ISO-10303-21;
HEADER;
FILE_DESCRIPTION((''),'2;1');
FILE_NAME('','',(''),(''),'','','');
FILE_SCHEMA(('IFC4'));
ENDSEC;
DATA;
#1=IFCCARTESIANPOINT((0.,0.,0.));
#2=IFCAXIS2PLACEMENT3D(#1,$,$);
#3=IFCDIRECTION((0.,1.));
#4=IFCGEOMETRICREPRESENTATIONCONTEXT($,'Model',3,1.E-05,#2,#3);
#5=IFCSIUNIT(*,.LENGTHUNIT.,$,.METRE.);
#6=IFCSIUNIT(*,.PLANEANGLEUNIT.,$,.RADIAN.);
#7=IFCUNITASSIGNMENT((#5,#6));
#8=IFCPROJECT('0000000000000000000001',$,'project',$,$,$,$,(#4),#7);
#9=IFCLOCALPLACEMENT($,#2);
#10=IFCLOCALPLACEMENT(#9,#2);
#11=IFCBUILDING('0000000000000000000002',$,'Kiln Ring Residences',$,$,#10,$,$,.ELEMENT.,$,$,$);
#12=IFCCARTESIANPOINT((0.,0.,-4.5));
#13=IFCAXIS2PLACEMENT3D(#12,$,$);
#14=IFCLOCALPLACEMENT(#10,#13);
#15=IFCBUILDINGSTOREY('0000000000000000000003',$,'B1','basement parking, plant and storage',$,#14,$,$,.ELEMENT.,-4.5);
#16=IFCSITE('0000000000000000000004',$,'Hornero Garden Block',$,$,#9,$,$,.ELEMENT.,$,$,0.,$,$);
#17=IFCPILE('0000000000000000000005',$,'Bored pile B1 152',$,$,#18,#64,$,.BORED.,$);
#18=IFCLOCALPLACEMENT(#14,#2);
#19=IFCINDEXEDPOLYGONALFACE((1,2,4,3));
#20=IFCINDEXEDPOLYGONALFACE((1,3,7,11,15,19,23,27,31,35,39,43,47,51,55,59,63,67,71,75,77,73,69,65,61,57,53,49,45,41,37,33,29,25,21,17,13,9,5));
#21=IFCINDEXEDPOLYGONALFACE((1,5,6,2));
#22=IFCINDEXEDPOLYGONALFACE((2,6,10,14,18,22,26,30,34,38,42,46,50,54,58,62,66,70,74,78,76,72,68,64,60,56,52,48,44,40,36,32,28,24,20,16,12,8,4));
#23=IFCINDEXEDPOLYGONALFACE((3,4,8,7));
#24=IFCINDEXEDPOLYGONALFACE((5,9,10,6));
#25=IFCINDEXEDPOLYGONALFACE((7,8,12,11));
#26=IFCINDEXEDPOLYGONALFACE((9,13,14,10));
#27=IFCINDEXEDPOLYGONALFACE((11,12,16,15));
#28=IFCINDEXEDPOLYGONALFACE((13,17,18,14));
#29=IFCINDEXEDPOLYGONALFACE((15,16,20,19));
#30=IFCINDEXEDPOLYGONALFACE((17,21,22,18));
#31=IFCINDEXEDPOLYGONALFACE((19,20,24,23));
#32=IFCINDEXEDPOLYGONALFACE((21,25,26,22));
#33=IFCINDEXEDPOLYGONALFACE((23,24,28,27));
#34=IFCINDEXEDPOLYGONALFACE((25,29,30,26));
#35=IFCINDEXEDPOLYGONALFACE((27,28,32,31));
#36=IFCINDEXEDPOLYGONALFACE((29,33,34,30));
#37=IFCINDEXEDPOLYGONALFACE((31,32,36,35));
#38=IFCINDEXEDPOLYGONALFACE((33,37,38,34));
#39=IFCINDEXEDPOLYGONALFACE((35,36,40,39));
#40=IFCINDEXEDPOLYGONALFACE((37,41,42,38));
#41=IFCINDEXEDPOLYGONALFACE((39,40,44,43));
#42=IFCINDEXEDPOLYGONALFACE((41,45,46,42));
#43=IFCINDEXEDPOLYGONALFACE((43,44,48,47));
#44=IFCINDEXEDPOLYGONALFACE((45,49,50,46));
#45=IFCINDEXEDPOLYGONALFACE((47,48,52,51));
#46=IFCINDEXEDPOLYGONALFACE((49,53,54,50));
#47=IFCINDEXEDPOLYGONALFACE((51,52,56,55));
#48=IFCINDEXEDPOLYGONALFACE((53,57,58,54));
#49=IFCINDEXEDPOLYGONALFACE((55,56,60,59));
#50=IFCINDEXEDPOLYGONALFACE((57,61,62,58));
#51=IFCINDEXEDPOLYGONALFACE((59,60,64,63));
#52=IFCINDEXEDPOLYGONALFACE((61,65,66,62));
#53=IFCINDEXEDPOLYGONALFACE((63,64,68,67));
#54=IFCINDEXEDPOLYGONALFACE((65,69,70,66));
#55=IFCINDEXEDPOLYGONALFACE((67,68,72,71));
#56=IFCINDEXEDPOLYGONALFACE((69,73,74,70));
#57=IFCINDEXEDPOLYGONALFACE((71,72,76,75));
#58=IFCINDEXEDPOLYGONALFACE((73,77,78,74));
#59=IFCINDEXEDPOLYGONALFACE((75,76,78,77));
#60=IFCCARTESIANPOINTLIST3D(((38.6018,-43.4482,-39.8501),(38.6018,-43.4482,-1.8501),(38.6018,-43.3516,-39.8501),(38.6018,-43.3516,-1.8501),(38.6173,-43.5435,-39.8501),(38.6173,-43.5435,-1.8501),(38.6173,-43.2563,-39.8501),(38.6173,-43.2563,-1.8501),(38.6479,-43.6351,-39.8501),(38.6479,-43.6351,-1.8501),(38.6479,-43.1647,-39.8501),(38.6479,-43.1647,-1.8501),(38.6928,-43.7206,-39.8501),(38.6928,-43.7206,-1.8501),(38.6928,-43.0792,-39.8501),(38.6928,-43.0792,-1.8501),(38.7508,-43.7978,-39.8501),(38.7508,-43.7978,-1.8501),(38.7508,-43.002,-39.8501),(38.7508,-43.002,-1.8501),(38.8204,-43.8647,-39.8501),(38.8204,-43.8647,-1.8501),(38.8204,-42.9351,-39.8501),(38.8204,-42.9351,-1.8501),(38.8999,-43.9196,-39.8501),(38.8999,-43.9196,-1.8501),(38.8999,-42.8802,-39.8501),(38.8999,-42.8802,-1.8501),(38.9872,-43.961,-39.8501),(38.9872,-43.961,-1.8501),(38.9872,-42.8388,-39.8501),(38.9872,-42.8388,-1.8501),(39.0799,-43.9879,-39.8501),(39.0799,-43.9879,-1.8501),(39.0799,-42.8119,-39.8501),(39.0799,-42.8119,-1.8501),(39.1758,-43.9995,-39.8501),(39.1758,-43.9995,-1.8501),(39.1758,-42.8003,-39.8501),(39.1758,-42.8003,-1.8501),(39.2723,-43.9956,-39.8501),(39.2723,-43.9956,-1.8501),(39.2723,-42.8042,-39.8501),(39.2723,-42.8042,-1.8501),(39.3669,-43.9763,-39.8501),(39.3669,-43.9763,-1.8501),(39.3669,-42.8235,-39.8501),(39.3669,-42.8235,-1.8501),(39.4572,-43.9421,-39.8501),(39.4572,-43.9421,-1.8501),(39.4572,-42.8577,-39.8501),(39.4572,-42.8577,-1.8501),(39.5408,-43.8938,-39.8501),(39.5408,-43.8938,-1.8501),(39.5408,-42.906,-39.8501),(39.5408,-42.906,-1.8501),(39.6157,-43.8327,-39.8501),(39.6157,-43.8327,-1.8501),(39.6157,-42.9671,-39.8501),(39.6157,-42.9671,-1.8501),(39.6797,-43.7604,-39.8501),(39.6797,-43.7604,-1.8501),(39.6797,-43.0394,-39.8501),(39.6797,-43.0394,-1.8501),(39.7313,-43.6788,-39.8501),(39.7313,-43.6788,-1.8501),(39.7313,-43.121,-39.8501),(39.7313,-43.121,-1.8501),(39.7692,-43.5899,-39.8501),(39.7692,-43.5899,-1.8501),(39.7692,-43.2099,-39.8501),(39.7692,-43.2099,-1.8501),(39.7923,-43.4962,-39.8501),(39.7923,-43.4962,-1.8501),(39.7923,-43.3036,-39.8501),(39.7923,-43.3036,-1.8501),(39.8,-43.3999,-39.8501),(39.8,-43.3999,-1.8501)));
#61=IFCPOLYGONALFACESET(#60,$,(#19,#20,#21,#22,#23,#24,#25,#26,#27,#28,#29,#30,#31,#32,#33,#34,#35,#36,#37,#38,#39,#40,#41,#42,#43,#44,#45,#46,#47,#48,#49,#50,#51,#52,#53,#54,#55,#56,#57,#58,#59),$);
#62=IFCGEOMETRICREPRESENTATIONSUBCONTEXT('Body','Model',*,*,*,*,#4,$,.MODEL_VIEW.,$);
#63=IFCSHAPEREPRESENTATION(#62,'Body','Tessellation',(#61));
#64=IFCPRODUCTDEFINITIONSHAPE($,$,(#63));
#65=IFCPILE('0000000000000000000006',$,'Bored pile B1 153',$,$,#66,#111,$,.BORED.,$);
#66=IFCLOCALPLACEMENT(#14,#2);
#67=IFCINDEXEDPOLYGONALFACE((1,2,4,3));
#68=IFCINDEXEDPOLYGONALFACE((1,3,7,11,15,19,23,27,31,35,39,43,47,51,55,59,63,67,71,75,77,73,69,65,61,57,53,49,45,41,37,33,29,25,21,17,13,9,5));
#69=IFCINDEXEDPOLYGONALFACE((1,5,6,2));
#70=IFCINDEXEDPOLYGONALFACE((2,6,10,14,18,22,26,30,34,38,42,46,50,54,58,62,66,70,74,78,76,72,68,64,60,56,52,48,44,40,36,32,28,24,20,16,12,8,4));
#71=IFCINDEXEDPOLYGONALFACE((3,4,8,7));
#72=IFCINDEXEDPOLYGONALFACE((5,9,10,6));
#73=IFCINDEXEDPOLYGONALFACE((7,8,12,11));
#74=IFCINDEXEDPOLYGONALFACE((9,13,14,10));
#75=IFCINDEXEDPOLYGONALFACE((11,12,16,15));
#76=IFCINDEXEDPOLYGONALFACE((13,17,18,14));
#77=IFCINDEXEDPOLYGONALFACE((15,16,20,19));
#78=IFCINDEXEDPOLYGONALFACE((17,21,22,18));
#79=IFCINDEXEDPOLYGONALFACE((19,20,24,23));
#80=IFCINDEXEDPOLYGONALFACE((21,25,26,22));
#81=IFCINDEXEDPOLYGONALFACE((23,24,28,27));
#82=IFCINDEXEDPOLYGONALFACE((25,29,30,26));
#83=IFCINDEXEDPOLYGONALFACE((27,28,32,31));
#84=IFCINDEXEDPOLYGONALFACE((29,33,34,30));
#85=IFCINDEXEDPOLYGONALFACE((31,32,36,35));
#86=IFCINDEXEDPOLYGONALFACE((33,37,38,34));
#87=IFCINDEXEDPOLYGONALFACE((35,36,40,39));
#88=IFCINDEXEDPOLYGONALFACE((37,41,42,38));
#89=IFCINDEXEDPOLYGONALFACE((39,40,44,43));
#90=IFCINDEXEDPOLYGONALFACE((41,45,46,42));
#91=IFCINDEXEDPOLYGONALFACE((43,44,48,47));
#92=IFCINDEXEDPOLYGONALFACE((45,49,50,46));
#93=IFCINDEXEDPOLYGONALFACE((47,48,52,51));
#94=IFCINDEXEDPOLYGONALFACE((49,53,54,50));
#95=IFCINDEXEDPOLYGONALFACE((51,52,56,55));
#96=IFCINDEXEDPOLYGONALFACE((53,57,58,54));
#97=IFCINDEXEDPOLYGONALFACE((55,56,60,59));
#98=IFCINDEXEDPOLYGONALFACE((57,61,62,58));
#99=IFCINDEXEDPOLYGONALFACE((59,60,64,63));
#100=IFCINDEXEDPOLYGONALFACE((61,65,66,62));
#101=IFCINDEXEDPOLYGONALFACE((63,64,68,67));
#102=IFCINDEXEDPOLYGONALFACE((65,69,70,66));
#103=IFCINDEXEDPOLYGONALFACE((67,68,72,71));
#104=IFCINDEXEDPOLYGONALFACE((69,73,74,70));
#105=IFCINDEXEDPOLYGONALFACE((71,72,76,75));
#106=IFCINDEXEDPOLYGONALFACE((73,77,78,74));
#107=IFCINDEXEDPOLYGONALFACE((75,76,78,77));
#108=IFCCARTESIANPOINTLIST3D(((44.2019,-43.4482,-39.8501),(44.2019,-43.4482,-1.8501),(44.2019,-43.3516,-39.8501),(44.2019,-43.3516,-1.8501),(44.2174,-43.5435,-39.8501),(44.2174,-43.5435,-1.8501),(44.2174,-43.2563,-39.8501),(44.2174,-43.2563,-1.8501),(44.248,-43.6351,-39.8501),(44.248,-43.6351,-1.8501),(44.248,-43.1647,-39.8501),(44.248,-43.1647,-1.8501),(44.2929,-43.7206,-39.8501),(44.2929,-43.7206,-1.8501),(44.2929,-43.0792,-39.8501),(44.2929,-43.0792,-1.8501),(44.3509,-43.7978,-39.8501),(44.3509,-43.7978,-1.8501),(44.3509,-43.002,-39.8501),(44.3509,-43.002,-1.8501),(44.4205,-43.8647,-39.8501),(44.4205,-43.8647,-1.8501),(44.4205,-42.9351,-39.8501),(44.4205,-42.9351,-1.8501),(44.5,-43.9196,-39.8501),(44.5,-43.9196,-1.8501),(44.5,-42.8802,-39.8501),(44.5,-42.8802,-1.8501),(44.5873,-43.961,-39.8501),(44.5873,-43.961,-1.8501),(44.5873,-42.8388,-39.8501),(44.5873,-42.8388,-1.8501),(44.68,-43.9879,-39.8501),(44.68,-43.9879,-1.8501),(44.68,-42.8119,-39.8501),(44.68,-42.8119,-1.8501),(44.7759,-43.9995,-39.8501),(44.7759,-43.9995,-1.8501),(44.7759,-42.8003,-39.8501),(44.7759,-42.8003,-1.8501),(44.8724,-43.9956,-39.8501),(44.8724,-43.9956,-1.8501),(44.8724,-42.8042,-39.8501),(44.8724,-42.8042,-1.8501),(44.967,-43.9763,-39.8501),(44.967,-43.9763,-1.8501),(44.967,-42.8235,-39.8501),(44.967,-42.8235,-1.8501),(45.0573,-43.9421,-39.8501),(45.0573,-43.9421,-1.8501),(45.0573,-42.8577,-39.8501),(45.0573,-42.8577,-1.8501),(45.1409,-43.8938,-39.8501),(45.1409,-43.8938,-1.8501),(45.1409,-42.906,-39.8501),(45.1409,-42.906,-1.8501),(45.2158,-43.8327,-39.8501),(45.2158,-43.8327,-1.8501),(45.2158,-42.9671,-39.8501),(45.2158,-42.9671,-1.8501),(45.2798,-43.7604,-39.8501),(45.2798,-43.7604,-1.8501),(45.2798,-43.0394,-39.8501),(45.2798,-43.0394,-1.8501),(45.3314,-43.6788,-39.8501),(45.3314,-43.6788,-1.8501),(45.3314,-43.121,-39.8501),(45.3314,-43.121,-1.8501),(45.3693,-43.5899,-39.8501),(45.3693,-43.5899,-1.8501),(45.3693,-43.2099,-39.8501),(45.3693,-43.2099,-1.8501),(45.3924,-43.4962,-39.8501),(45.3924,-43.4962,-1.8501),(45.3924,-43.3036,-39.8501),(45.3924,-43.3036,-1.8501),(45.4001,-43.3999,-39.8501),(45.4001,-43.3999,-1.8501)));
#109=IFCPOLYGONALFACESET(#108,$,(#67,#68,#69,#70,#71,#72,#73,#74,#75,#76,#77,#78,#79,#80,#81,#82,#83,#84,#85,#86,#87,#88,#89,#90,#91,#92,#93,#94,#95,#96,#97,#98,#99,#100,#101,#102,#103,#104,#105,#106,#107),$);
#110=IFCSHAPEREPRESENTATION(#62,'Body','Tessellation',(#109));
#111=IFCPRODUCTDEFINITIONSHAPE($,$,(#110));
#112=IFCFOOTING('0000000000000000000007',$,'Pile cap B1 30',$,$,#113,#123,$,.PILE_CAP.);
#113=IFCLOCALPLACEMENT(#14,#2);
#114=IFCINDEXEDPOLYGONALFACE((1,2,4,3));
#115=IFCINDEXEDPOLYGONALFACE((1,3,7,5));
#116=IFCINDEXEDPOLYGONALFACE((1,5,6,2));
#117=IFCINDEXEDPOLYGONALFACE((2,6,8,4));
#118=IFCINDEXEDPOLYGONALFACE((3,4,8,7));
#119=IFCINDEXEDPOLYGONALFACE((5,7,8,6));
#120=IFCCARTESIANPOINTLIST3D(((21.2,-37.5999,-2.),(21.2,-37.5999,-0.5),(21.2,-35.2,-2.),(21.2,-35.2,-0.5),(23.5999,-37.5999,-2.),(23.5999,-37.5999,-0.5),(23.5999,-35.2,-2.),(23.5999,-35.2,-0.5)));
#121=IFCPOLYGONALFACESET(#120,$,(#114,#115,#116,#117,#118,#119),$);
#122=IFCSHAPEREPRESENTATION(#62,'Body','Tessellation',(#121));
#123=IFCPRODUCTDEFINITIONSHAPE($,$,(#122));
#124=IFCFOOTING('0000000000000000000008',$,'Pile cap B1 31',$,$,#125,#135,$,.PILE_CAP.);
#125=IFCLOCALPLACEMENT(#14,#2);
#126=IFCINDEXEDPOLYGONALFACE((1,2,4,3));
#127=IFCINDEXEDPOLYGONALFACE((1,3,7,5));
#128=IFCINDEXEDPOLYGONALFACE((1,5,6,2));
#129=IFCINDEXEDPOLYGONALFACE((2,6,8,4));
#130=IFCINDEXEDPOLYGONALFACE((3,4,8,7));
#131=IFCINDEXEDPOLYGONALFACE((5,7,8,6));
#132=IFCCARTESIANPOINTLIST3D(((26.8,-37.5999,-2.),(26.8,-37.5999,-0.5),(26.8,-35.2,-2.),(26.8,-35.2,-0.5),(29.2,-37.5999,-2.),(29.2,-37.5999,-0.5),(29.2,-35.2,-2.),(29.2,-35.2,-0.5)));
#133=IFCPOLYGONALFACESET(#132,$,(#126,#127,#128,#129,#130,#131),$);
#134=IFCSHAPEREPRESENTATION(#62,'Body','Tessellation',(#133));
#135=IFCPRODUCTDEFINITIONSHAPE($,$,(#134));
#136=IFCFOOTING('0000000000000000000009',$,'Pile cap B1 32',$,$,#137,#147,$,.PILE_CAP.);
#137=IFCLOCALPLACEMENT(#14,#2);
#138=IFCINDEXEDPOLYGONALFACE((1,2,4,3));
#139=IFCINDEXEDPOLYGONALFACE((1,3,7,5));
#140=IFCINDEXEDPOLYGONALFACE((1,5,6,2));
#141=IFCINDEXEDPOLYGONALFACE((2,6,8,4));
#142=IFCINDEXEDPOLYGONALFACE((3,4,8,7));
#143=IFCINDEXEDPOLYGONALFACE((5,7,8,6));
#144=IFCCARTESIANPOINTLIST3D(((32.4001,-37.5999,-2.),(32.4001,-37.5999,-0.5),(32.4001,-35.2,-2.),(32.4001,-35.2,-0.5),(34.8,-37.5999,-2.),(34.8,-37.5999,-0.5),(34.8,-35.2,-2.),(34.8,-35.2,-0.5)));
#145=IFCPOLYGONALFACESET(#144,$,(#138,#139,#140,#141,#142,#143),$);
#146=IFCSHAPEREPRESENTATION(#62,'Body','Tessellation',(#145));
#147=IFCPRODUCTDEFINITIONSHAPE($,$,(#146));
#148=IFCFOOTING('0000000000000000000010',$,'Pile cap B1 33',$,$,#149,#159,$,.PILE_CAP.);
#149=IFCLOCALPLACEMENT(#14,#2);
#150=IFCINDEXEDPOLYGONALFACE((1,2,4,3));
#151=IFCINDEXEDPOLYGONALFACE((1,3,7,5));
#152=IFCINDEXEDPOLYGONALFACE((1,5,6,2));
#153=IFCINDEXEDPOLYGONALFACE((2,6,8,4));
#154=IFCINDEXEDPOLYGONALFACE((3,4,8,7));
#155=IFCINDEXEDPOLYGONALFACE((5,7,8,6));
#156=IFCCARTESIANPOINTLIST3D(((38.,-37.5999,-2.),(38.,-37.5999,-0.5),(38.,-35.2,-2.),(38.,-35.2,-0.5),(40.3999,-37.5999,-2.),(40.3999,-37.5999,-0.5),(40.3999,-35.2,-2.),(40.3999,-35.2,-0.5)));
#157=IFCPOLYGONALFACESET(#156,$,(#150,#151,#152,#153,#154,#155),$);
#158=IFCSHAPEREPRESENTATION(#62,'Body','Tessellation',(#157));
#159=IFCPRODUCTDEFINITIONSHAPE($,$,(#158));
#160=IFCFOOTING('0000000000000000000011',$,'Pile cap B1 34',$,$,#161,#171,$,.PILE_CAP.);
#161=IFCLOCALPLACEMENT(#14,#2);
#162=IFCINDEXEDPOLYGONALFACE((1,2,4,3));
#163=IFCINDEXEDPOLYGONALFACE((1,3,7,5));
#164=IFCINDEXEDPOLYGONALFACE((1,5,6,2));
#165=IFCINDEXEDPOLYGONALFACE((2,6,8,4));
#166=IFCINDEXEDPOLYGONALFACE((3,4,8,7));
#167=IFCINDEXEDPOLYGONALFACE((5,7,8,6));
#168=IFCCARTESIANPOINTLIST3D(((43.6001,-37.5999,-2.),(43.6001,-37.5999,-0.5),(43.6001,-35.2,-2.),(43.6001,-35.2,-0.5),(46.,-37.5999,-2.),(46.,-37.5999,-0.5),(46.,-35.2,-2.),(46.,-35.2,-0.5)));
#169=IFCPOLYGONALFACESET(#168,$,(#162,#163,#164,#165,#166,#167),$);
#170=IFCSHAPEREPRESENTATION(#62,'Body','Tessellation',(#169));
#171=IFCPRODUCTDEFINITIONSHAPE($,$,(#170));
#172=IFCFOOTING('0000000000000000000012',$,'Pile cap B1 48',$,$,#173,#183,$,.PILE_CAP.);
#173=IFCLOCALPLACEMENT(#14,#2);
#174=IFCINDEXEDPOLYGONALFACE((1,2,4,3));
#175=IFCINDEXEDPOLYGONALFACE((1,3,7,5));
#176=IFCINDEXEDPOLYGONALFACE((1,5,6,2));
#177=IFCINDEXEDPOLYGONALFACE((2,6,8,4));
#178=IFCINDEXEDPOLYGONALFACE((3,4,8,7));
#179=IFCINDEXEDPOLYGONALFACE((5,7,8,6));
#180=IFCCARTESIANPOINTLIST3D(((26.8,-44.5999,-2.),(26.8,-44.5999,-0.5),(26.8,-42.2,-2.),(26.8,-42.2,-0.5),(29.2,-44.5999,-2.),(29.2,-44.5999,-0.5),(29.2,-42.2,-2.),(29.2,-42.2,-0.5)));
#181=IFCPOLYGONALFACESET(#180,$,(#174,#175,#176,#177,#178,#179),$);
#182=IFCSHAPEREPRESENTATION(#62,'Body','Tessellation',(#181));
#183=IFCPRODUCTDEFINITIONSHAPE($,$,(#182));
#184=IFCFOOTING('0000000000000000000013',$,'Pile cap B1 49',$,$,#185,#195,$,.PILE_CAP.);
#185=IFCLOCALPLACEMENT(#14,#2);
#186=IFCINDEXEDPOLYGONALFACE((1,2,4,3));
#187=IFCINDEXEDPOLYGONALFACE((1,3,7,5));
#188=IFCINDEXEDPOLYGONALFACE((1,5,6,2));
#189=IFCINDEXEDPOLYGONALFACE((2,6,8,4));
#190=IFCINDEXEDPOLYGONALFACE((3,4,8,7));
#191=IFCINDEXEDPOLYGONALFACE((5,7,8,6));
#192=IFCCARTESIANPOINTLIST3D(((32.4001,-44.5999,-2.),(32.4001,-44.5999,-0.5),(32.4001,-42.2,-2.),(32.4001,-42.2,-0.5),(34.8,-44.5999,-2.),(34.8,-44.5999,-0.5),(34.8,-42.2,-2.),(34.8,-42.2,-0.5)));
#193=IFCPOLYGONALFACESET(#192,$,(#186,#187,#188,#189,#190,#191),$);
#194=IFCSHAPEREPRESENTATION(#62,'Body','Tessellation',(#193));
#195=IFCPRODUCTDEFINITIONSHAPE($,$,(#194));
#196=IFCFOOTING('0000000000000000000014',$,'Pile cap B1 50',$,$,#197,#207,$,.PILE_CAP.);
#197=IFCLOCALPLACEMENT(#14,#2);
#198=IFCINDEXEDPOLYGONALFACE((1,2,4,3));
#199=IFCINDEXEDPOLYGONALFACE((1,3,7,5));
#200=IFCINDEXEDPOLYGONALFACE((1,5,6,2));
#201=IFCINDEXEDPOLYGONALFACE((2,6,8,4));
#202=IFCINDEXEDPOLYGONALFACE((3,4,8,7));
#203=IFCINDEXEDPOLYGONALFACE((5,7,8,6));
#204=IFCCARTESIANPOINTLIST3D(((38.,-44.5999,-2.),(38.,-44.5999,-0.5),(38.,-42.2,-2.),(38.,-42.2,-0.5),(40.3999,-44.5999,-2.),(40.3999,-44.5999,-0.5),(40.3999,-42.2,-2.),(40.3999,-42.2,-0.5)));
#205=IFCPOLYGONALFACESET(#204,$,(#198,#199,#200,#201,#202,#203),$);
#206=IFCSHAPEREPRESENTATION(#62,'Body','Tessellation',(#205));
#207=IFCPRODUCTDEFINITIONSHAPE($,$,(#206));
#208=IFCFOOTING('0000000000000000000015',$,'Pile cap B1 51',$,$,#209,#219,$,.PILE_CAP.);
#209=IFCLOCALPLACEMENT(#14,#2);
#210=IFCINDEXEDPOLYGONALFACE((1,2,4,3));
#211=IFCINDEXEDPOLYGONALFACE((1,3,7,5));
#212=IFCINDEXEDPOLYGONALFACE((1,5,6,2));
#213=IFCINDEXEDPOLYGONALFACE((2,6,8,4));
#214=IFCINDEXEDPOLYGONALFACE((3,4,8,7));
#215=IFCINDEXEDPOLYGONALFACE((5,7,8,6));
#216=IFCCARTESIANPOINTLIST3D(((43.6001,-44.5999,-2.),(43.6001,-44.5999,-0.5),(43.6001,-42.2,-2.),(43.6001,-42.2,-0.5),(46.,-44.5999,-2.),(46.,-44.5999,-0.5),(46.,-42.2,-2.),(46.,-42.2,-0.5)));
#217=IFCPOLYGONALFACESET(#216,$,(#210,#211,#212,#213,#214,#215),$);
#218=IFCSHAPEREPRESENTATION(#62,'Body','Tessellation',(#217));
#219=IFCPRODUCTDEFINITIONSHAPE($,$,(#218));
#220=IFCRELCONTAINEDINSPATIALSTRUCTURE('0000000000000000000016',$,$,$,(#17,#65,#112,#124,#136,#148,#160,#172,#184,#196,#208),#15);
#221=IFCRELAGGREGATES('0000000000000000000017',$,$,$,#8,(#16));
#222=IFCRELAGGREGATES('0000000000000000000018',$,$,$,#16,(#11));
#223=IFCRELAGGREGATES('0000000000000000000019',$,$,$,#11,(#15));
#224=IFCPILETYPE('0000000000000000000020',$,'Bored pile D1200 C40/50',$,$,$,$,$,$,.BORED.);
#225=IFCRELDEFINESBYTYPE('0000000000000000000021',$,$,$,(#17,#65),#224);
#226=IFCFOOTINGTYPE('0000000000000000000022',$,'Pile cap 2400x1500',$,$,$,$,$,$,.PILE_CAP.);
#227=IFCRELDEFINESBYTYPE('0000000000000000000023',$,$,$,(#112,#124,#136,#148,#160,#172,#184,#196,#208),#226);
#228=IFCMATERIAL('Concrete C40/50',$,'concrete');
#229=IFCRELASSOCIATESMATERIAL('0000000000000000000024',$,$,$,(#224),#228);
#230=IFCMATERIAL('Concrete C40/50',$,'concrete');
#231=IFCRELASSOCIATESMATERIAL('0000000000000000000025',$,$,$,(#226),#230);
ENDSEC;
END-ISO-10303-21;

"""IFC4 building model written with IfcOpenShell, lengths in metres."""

from ifc_helpers import new_model, si_unit, direction, frame, origin, origin_2d, place, context, subcontext, project, spatial, rectangle, circle, extrude, material, material_profile, profile_set, type_object, element, save


model = new_model("IFC4")

# Units and contexts
model_context = context("Model", 3, precision=1e-05, world=origin(), true_north=direction((0.0, 1.0)))
body_context = subcontext(model_context, "Body", "Model", "MODEL_VIEW")
ifc_project = project(units=[si_unit("LENGTHUNIT", "METRE"), si_unit("PLANEANGLEUNIT", "RADIAN")], contexts=[model_context])

# Site, building, storey
site_placement = place(None, origin())
site = spatial("IfcSite", under=ifc_project, at=site_placement, Name="Hornero Garden Block", CompositionType="ELEMENT", RefElevation=0.0)
building_placement = place(site_placement, origin())
building = spatial("IfcBuilding", under=site, at=building_placement, Name="Kiln Ring Residences", CompositionType="ELEMENT")
storey_placement = place(building_placement, frame((0.0, 0.0, -4.5)))
storey = spatial("IfcBuildingStorey", under=building, at=storey_placement, Name="B1", Description="basement parking, plant and storage", CompositionType="ELEMENT", Elevation=-4.5)

# Piles
ifc_material_1 = material(Name="Concrete C40/50", Category="concrete")
ifc_material_profile_1 = material_profile(ifc_material_1, circle(Radius=0.6001, at=origin_2d()), Name="BORED1200")
ifc_profile_set_1 = profile_set([ifc_material_profile_1], Name="Concrete C40/50")
pile_type = type_object("IfcPileType", Name="Bored pile D1200 C40/50", PredefinedType="BORED", material=ifc_profile_set_1)
for number, where, z_axis, x_axis, name in (
    (1, (39.2, -43.3999, -1.8501), (0.0, 0.0, -1.0), (1.0, 0.0, 0.0), "Bored pile B1 152"),
    (2, (44.8, -43.3999, -1.8501), (0.0, 0.0, -1.0), (1.0, 0.0, 0.0), "Bored pile B1 153"),
):
    element("IfcPile", number, at=place(storey_placement, frame(where, z_axis=z_axis, x_axis=x_axis)), inside=storey, type_object=pile_type, Name=name, PredefinedType="BORED", context=body_context, shape_type="SweptSolid", body=[
        extrude(circle(Radius=0.6001, at=origin_2d()), origin(), (0.0, 0.0, 1.0), 38.0),
    ])

# Footings
ifc_material_2 = material(Name="Concrete C40/50", Category="concrete")
footing_type = type_object("IfcFootingType", Name="Pile cap 2400x1500", PredefinedType="PILE_CAP", material=ifc_material_2)
for number, where, z_axis, x_axis, name in (
    (3, (22.3999, -36.3999, -2.0), (0.0, 0.0, 1.0), (1.0, 0.0, 0.0), "Pile cap B1 30"),
    (4, (28.0, -36.3999, -2.0), (0.0, 0.0, 1.0), (1.0, 0.0, 0.0), "Pile cap B1 31"),
    (5, (33.6001, -36.3999, -2.0), (0.0, 0.0, 1.0), (1.0, 0.0, 0.0), "Pile cap B1 32"),
    (6, (39.2, -36.3999, -2.0), (0.0, 0.0, 1.0), (1.0, 0.0, 0.0), "Pile cap B1 33"),
    (7, (44.8, -36.3999, -2.0), (0.0, 0.0, 1.0), (1.0, 0.0, 0.0), "Pile cap B1 34"),
    (8, (28.0, -43.3999, -2.0), (0.0, 0.0, 1.0), (1.0, 0.0, 0.0), "Pile cap B1 48"),
    (9, (33.6001, -43.3999, -2.0), (0.0, 0.0, 1.0), (1.0, 0.0, 0.0), "Pile cap B1 49"),
    (10, (39.2, -43.3999, -2.0), (0.0, 0.0, 1.0), (1.0, 0.0, 0.0), "Pile cap B1 50"),
    (11, (44.8, -43.3999, -2.0), (0.0, 0.0, 1.0), (1.0, 0.0, 0.0), "Pile cap B1 51"),
):
    element("IfcFooting", number, at=place(storey_placement, frame(where, z_axis=z_axis, x_axis=x_axis)), inside=storey, type_object=footing_type, Name=name, PredefinedType="PILE_CAP", context=body_context, shape_type="SweptSolid", body=[
        extrude(rectangle(XDim=2.3999, YDim=2.3999, at=origin_2d()), origin(), (0.0, 0.0, 1.0), 1.5),
    ])

save(model, "model.ifc")
